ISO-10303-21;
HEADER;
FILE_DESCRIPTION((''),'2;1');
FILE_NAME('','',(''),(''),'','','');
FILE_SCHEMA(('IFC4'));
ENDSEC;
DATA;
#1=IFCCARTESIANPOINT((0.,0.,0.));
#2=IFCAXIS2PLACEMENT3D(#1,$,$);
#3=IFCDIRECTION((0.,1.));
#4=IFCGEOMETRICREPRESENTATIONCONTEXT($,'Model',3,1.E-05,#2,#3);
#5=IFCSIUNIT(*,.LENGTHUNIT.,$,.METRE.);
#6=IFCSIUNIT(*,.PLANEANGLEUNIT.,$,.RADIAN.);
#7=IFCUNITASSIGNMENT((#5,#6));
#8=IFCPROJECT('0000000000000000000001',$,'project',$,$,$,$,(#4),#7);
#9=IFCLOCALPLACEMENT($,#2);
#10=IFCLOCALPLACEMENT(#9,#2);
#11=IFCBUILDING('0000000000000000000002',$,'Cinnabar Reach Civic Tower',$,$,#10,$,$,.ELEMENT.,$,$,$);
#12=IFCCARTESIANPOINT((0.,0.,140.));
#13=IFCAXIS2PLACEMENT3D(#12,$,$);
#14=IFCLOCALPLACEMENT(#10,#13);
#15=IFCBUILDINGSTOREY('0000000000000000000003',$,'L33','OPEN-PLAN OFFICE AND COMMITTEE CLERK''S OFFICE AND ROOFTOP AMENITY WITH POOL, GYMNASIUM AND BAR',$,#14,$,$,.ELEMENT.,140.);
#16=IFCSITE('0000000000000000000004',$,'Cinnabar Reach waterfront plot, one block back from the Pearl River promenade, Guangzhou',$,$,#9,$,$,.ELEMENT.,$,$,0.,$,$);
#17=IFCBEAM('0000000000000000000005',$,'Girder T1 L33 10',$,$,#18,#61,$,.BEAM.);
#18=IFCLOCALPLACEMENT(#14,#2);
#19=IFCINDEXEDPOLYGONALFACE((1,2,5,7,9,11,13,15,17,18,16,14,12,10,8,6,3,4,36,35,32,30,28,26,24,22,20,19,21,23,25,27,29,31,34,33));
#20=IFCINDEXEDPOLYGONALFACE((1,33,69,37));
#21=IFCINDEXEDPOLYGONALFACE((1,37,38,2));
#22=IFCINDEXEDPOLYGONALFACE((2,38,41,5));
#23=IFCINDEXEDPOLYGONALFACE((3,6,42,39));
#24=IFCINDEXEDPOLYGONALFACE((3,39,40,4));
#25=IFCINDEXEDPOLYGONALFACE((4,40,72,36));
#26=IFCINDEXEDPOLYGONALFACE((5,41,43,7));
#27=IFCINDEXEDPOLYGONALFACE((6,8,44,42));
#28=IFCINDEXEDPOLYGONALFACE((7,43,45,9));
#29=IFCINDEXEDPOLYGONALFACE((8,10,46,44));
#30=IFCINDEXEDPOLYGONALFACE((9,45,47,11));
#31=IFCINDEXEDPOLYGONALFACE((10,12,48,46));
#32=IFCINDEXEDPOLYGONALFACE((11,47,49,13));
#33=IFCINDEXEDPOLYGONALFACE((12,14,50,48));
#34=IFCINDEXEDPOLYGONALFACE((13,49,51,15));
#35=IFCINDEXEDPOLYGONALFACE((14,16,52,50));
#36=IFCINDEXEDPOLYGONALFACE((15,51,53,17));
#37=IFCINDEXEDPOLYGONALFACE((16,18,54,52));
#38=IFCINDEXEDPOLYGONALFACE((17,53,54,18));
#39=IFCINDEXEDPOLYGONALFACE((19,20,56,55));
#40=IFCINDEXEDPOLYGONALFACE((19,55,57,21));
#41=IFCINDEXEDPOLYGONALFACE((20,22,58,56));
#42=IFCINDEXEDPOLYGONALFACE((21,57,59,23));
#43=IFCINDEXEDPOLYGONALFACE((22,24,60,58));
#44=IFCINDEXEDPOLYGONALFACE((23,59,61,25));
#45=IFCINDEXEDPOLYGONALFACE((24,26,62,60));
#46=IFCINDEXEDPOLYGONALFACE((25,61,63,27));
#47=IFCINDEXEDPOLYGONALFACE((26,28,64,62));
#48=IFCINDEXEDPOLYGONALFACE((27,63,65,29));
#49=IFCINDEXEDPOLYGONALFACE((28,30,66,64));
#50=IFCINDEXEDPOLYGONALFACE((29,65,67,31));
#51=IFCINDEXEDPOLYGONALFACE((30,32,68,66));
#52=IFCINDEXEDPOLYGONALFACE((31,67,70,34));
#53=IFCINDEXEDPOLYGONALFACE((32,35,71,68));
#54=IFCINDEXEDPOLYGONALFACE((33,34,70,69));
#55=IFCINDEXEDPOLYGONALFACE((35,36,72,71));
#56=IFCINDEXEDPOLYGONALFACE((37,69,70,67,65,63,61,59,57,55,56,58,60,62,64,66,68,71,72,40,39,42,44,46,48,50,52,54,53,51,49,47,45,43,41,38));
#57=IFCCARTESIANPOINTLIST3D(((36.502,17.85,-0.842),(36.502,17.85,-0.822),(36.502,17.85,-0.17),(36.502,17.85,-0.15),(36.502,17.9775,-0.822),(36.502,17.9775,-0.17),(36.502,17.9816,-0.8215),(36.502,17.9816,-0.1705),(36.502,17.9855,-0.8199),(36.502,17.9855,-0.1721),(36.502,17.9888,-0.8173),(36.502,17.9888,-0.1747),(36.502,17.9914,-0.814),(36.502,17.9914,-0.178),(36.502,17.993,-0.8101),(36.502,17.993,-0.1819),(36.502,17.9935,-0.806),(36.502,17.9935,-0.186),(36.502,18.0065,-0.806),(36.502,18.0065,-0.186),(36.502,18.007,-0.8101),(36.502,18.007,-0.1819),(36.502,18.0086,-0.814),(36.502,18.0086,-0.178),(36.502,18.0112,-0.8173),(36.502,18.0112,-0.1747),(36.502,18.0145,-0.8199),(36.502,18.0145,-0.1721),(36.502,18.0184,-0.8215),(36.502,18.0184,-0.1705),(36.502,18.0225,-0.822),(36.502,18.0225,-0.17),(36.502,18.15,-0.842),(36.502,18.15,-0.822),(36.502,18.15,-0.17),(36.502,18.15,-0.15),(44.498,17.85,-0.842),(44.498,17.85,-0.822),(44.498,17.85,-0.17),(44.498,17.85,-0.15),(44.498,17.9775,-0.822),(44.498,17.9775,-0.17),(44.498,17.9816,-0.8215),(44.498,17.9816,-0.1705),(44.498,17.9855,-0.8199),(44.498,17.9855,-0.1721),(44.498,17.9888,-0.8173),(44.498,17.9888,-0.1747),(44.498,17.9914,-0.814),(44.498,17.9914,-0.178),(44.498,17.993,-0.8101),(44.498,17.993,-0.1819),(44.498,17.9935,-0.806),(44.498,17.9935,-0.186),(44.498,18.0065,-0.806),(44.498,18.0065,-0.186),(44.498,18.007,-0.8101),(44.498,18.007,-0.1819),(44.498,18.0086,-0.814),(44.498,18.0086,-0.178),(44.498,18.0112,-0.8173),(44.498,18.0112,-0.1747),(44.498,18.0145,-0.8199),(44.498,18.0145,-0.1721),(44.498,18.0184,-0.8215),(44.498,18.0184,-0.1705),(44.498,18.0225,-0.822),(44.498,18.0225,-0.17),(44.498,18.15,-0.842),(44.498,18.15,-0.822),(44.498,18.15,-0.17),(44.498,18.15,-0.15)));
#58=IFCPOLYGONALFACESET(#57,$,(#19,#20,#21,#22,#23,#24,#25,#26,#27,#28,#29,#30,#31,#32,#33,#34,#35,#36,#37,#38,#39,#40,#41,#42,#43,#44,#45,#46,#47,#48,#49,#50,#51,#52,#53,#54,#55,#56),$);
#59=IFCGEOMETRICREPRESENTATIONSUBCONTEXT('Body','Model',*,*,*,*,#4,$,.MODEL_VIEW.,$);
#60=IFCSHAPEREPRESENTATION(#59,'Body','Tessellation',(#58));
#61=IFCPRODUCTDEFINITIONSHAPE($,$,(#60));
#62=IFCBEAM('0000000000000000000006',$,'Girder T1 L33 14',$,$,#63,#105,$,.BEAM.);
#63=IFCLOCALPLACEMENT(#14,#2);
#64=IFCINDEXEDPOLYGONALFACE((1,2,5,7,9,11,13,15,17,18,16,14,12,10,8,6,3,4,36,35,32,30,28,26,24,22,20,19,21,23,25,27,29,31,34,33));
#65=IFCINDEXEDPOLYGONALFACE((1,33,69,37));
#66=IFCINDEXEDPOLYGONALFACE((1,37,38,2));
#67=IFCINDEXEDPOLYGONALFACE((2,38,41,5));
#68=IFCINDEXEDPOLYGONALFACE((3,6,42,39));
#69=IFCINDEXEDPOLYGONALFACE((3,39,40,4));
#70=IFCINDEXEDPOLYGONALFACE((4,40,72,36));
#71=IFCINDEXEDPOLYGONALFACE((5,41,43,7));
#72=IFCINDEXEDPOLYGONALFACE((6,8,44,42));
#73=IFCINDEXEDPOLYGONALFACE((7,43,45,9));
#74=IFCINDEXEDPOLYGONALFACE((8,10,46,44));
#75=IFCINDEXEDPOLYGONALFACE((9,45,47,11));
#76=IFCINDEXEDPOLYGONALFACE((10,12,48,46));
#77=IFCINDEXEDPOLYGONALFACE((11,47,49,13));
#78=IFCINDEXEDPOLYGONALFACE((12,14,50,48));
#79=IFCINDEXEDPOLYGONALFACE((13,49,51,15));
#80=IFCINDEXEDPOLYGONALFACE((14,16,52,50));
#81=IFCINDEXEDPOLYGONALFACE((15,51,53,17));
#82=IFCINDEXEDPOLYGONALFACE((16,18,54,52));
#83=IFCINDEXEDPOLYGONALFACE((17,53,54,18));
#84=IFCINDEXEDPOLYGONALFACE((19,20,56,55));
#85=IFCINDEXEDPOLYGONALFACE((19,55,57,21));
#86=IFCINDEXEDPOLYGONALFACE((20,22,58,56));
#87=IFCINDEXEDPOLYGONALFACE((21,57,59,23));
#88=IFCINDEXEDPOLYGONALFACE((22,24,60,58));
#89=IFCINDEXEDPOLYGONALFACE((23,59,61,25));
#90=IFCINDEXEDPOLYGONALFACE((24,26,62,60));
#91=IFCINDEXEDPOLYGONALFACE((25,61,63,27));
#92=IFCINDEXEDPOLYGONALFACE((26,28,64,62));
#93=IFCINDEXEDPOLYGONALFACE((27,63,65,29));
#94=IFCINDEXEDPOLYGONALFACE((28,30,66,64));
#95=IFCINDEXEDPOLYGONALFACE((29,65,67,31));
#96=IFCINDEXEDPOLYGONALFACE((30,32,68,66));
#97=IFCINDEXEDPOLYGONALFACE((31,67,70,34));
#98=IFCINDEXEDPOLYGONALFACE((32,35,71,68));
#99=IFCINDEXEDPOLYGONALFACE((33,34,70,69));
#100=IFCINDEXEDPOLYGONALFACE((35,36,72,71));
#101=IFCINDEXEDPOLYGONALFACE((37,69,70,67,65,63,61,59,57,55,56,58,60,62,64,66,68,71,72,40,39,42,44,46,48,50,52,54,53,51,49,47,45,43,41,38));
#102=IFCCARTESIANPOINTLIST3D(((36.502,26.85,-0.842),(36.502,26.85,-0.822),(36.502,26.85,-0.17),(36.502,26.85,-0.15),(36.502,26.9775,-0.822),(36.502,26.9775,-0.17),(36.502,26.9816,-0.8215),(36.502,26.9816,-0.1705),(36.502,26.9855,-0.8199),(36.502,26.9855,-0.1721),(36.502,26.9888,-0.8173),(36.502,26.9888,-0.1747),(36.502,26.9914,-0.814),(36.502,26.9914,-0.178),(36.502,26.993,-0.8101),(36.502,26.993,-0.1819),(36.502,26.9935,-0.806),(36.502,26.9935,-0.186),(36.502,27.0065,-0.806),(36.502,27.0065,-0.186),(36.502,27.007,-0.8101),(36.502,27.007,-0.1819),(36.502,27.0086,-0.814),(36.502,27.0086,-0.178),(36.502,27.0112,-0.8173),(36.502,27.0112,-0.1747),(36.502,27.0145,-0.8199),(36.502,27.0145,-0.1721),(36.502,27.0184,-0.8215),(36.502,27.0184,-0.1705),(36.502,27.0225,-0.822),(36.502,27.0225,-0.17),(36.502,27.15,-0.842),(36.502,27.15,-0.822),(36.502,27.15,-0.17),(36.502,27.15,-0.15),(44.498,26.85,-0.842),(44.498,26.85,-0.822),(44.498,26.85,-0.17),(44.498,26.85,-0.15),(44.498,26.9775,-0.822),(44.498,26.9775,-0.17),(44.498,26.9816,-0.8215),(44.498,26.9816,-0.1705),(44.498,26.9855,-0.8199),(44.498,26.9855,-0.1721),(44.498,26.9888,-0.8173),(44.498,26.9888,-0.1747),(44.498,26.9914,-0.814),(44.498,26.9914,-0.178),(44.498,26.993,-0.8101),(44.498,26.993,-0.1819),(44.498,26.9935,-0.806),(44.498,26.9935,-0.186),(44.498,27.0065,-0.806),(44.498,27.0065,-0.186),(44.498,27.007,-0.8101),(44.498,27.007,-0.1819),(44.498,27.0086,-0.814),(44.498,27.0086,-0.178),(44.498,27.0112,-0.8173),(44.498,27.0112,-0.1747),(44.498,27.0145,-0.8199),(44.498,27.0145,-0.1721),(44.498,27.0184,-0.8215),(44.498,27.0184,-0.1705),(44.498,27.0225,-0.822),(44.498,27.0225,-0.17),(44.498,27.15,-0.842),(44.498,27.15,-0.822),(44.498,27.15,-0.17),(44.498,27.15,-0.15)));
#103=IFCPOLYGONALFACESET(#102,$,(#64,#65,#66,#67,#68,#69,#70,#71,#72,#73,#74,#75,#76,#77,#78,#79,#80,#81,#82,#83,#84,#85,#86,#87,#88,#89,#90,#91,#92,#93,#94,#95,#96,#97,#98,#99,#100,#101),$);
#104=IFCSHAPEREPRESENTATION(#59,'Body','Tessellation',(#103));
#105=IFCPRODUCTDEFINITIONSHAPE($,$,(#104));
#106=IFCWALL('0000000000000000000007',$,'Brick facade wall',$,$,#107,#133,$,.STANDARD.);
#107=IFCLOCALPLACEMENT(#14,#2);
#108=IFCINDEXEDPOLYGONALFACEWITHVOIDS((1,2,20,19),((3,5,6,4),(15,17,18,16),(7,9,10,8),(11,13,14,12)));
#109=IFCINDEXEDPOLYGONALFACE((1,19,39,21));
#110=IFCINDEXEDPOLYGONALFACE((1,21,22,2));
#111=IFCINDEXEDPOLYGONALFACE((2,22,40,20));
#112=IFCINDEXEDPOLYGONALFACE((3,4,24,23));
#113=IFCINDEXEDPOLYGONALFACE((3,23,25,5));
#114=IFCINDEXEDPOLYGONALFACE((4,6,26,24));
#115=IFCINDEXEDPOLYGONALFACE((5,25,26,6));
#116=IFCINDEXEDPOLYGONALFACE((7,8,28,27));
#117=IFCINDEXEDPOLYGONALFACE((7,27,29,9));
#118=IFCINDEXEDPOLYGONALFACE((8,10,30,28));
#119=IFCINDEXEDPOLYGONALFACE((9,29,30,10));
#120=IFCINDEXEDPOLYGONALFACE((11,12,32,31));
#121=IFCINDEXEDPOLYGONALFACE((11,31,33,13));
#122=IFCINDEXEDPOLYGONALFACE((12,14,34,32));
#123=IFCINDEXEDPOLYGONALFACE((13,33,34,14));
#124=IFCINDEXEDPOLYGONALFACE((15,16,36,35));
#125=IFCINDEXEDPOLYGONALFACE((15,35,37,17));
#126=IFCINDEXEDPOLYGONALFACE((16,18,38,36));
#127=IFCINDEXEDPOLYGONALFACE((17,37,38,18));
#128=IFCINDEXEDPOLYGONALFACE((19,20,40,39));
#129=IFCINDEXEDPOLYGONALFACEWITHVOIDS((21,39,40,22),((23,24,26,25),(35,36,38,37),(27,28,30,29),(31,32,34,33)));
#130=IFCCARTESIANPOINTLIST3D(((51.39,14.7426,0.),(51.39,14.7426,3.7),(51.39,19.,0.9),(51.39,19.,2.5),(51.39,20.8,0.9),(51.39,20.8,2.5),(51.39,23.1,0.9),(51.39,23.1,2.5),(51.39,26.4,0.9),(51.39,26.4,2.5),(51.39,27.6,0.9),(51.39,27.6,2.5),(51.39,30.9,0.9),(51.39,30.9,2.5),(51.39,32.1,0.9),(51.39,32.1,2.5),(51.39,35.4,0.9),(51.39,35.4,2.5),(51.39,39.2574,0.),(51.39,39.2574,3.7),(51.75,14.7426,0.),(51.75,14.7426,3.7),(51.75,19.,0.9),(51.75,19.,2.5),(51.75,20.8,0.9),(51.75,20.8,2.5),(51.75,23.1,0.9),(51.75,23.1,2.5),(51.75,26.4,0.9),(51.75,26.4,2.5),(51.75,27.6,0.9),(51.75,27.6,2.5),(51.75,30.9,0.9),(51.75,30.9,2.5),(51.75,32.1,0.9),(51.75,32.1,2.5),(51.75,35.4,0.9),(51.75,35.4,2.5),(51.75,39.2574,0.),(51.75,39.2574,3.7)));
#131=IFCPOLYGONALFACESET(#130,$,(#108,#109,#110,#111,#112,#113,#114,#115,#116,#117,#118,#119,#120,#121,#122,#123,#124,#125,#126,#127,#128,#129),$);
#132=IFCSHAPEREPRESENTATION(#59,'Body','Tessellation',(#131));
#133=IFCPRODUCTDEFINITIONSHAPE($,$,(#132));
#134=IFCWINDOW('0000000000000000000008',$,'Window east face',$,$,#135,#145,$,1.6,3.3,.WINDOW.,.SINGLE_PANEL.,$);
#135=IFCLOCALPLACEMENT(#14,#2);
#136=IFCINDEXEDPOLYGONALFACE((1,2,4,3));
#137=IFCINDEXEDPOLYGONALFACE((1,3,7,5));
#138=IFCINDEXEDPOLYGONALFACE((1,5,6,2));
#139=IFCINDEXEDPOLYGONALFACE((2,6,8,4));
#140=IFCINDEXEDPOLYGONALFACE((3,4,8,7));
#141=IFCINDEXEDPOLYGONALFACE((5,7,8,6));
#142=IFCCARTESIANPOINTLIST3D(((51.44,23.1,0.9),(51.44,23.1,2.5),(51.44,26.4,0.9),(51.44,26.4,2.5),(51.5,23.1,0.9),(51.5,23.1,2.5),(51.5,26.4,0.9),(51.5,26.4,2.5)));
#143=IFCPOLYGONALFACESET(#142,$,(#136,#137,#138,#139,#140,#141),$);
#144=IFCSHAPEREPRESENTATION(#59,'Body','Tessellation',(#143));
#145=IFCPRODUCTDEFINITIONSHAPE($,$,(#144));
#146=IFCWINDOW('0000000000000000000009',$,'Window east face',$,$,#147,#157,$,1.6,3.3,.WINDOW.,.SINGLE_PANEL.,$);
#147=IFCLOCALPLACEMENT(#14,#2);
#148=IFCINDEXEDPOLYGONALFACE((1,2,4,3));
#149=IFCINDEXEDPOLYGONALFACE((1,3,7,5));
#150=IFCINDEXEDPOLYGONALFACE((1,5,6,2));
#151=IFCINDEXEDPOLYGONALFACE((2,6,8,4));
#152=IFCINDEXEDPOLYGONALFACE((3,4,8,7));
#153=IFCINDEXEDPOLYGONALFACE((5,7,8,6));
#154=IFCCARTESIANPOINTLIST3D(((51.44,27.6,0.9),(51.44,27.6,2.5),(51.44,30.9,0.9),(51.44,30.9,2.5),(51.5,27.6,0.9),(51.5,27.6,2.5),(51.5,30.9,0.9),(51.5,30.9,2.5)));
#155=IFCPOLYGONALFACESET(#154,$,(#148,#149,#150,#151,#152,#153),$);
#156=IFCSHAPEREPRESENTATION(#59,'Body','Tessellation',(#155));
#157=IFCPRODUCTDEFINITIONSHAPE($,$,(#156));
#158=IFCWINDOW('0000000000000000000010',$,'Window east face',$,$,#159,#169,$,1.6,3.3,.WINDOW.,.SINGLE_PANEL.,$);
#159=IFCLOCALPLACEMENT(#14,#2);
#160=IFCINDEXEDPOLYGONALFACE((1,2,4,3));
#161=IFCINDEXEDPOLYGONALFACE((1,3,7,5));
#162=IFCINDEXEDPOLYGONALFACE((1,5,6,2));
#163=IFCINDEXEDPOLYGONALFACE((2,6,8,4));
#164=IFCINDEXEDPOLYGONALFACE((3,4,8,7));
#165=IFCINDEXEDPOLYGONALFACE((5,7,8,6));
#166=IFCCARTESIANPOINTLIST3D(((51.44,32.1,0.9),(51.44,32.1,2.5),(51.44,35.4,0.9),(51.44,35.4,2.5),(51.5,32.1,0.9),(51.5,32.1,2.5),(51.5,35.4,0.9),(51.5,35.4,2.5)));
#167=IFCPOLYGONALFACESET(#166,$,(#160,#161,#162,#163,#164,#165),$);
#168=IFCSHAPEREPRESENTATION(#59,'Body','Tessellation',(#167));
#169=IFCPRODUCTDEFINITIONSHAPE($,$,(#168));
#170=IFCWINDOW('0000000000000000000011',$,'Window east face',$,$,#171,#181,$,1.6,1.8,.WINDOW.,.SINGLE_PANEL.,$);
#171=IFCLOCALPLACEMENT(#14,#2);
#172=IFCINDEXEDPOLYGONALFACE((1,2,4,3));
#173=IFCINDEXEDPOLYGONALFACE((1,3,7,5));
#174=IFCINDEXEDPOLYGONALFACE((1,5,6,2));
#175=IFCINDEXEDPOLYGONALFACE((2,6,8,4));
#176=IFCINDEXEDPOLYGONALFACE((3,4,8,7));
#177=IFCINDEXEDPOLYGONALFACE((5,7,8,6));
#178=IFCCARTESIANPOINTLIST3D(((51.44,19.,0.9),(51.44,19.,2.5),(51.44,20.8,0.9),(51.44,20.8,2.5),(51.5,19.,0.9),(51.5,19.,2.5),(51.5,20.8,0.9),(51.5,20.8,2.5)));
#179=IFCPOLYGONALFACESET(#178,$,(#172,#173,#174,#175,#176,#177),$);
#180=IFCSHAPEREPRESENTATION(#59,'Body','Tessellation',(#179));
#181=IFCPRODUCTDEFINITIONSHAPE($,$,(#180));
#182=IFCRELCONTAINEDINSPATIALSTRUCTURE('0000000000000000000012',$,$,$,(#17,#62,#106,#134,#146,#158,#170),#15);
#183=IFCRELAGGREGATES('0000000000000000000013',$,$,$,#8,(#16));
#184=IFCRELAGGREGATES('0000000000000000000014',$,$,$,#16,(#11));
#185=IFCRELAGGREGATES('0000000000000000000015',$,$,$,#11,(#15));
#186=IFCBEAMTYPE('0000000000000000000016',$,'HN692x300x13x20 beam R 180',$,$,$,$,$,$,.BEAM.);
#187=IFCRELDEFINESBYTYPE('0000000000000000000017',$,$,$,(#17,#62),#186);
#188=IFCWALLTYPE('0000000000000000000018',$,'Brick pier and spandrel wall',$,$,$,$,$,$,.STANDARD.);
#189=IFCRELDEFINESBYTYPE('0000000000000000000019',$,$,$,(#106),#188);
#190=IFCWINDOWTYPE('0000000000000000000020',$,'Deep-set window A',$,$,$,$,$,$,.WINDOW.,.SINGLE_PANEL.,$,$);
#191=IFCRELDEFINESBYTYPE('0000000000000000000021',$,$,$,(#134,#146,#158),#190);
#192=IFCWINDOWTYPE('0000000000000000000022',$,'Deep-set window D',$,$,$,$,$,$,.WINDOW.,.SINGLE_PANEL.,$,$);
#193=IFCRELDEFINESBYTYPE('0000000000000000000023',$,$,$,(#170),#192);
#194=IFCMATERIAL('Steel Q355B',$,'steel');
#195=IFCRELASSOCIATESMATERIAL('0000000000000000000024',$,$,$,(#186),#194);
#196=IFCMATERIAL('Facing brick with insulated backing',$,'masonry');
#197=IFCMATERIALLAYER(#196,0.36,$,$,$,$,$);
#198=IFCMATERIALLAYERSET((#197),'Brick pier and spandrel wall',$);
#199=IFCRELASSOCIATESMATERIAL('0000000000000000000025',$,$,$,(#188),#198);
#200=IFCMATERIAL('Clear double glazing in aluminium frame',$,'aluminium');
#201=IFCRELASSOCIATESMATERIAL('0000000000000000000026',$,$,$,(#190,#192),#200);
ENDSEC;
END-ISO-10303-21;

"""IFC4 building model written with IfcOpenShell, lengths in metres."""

from ifc_helpers import new_model, si_unit, direction, frame, frame_2d, origin, origin_2d, place, context, subcontext, project, spatial, rectangle, i_section, extrude, material, layer, layer_set, material_profile, profile_set, type_object, element, fill, save


model = new_model("IFC4")

# Units and contexts
model_context = context("Model", 3, precision=1e-05, world=origin(), true_north=direction((0.0, 1.0)))
body_context = subcontext(model_context, "Body", "Model", "MODEL_VIEW")
ifc_project = project(units=[si_unit("LENGTHUNIT", "METRE"), si_unit("PLANEANGLEUNIT", "RADIAN")], contexts=[model_context])

# Site, building, storey
site_placement = place(None, origin())
site = spatial("IfcSite", under=ifc_project, at=site_placement, Name="Cinnabar Reach waterfront plot, one block back from the Pearl River promenade, Guangzhou", CompositionType="ELEMENT", RefElevation=0.0)
building_placement = place(site_placement, origin())
building = spatial("IfcBuilding", under=site, at=building_placement, Name="Cinnabar Reach Civic Tower", CompositionType="ELEMENT")
storey_placement = place(building_placement, frame((0.0, 0.0, 140.0)))
storey = spatial("IfcBuildingStorey", under=building, at=storey_placement, Name="L33", Description="OPEN-PLAN OFFICE AND COMMITTEE CLERK'S OFFICE AND ROOFTOP AMENITY WITH POOL, GYMNASIUM AND BAR", CompositionType="ELEMENT", Elevation=140.0)

# Beams
ifc_material_1 = material(Name="Steel Q355B", Category="steel")
ifc_material_profile_1 = material_profile(ifc_material_1, i_section(OverallWidth=0.3, OverallDepth=0.692, WebThickness=0.013, FlangeThickness=0.02, FilletRadius=0.016, at=origin_2d()), Name="HN692x300x13x20")
ifc_profile_set_1 = profile_set([ifc_material_profile_1], Name="Steel Q355B")
beam_type_1 = type_object("IfcBeamType", Name="HN692x300x13x20 beam R 180", PredefinedType="BEAM", material=ifc_profile_set_1)
for number, where, z_axis, x_axis, name in (
    (1, (36.502, 18.0, -0.496), (1.0, 0.0, 0.0), (0.0, 1.0, 0.0), "Girder T1 L33 10"),
    (2, (36.502, 27.0, -0.496), (1.0, 0.0, 0.0), (0.0, 1.0, 0.0), "Girder T1 L33 14"),
):
    element("IfcBeam", number, at=place(storey_placement, frame(where, z_axis=z_axis, x_axis=x_axis)), inside=storey, type_object=beam_type_1, Name=name, PredefinedType="BEAM", context=body_context, shape_type="SweptSolid", body=[
        extrude(i_section(OverallWidth=0.3, OverallDepth=0.692, WebThickness=0.013, FlangeThickness=0.02, FilletRadius=0.016, at=origin_2d()), origin(), (0.0, 0.0, 1.0), 7.996),
    ])

# Wall, openings, windows
ifc_material_2 = material(Name="Facing brick with insulated backing", Category="masonry")
ifc_layer_1 = layer(ifc_material_2, 0.36)
ifc_layer_set_1 = layer_set([ifc_layer_1], Name="Brick pier and spandrel wall")
wall_type_1 = type_object("IfcWallType", Name="Brick pier and spandrel wall", PredefinedType="STANDARD", material=ifc_layer_set_1)
wall_1_placement = place(storey_placement, frame((51.57, 14.7426, 0.0), z_axis=(0.0, 0.0, 1.0), x_axis=(0.0, 1.0, 0.0)))
wall_1 = element("IfcWall", 3, at=wall_1_placement, inside=storey, type_object=wall_type_1, Name="Brick facade wall", PredefinedType="STANDARD", context=body_context, shape_type="SweptSolid", body=[
    extrude(rectangle(XDim=24.5148, YDim=0.36, at=frame_2d((12.2574, 0.0))), origin(), (0.0, 0.0, 1.0), 3.7),
])
opening_1_placement = place(wall_1_placement, frame((4.2574, 0.0, 0.9)))
opening_1 = element("IfcOpeningElement", 4, at=opening_1_placement, cuts=wall_1, PredefinedType="OPENING", context=body_context, shape_type="SweptSolid", body=[
    extrude(rectangle(XDim=1.8, YDim=1.6, at=frame_2d((0.9, 0.8))), frame((0.0, 0.19, 0.0), z_axis=(0.0, -1.0, 0.0), x_axis=(1.0, 0.0, 0.0)), (0.0, 0.0, 1.0), 0.38),
])
opening_2_placement = place(wall_1_placement, frame((8.3574, 0.0, 0.9)))
opening_2 = element("IfcOpeningElement", 5, at=opening_2_placement, cuts=wall_1, PredefinedType="OPENING", context=body_context, shape_type="SweptSolid", body=[
    extrude(rectangle(XDim=3.3, YDim=1.6, at=frame_2d((1.65, 0.8))), frame((0.0, 0.19, 0.0), z_axis=(0.0, -1.0, 0.0), x_axis=(1.0, 0.0, 0.0)), (0.0, 0.0, 1.0), 0.38),
])
opening_3_placement = place(wall_1_placement, frame((12.8574, 0.0, 0.9)))
opening_3 = element("IfcOpeningElement", 6, at=opening_3_placement, cuts=wall_1, PredefinedType="OPENING", context=body_context, shape_type="SweptSolid", body=[
    extrude(rectangle(XDim=3.3, YDim=1.6, at=frame_2d((1.65, 0.8))), frame((0.0, 0.19, 0.0), z_axis=(0.0, -1.0, 0.0), x_axis=(1.0, 0.0, 0.0)), (0.0, 0.0, 1.0), 0.38),
])
opening_4_placement = place(wall_1_placement, frame((17.3574, 0.0, 0.9)))
opening_4 = element("IfcOpeningElement", 7, at=opening_4_placement, cuts=wall_1, PredefinedType="OPENING", context=body_context, shape_type="SweptSolid", body=[
    extrude(rectangle(XDim=3.3, YDim=1.6, at=frame_2d((1.65, 0.8))), frame((0.0, 0.19, 0.0), z_axis=(0.0, -1.0, 0.0), x_axis=(1.0, 0.0, 0.0)), (0.0, 0.0, 1.0), 0.38),
])
ifc_material_3 = material(Name="Clear double glazing in aluminium frame", Category="aluminium")
window_type_1 = type_object("IfcWindowType", Name="Deep-set window A", PartitioningType="SINGLE_PANEL", PredefinedType="WINDOW", material=ifc_material_3)
window_1_placement = place(opening_2_placement, origin())
window_1 = element("IfcWindow", 8, at=window_1_placement, inside=storey, type_object=window_type_1, Name="Window east face", OverallHeight=1.6, OverallWidth=3.3, PartitioningType="SINGLE_PANEL", PredefinedType="WINDOW", context=body_context, shape_type="SweptSolid", body=[
    extrude(rectangle(XDim=3.3, YDim=1.6, at=frame_2d((1.65, 0.8))), frame((0.0, 0.13, 0.0), z_axis=(0.0, -1.0, 0.0), x_axis=(1.0, 0.0, 0.0)), (0.0, 0.0, 1.0), 0.06),
])
fill(opening_2, window_1)
window_2_placement = place(opening_3_placement, origin())
window_2 = element("IfcWindow", 9, at=window_2_placement, inside=storey, type_object=window_type_1, Name="Window east face", OverallHeight=1.6, OverallWidth=3.3, PartitioningType="SINGLE_PANEL", PredefinedType="WINDOW", context=body_context, shape_type="SweptSolid", body=[
    extrude(rectangle(XDim=3.3, YDim=1.6, at=frame_2d((1.65, 0.8))), frame((0.0, 0.13, 0.0), z_axis=(0.0, -1.0, 0.0), x_axis=(1.0, 0.0, 0.0)), (0.0, 0.0, 1.0), 0.06),
])
fill(opening_3, window_2)
window_3_placement = place(opening_4_placement, origin())
window_3 = element("IfcWindow", 10, at=window_3_placement, inside=storey, type_object=window_type_1, Name="Window east face", OverallHeight=1.6, OverallWidth=3.3, PartitioningType="SINGLE_PANEL", PredefinedType="WINDOW", context=body_context, shape_type="SweptSolid", body=[
    extrude(rectangle(XDim=3.3, YDim=1.6, at=frame_2d((1.65, 0.8))), frame((0.0, 0.13, 0.0), z_axis=(0.0, -1.0, 0.0), x_axis=(1.0, 0.0, 0.0)), (0.0, 0.0, 1.0), 0.06),
])
fill(opening_4, window_3)
window_type_2 = type_object("IfcWindowType", Name="Deep-set window D", PartitioningType="SINGLE_PANEL", PredefinedType="WINDOW", material=ifc_material_3)
window_4_placement = place(opening_1_placement, origin())
window_4 = element("IfcWindow", 11, at=window_4_placement, inside=storey, type_object=window_type_2, Name="Window east face", OverallHeight=1.6, OverallWidth=1.8, PartitioningType="SINGLE_PANEL", PredefinedType="WINDOW", context=body_context, shape_type="SweptSolid", body=[
    extrude(rectangle(XDim=1.8, YDim=1.6, at=frame_2d((0.9, 0.8))), frame((0.0, 0.13, 0.0), z_axis=(0.0, -1.0, 0.0), x_axis=(1.0, 0.0, 0.0)), (0.0, 0.0, 1.0), 0.06),
])
fill(opening_1, window_4)

save(model, "model.ifc")
